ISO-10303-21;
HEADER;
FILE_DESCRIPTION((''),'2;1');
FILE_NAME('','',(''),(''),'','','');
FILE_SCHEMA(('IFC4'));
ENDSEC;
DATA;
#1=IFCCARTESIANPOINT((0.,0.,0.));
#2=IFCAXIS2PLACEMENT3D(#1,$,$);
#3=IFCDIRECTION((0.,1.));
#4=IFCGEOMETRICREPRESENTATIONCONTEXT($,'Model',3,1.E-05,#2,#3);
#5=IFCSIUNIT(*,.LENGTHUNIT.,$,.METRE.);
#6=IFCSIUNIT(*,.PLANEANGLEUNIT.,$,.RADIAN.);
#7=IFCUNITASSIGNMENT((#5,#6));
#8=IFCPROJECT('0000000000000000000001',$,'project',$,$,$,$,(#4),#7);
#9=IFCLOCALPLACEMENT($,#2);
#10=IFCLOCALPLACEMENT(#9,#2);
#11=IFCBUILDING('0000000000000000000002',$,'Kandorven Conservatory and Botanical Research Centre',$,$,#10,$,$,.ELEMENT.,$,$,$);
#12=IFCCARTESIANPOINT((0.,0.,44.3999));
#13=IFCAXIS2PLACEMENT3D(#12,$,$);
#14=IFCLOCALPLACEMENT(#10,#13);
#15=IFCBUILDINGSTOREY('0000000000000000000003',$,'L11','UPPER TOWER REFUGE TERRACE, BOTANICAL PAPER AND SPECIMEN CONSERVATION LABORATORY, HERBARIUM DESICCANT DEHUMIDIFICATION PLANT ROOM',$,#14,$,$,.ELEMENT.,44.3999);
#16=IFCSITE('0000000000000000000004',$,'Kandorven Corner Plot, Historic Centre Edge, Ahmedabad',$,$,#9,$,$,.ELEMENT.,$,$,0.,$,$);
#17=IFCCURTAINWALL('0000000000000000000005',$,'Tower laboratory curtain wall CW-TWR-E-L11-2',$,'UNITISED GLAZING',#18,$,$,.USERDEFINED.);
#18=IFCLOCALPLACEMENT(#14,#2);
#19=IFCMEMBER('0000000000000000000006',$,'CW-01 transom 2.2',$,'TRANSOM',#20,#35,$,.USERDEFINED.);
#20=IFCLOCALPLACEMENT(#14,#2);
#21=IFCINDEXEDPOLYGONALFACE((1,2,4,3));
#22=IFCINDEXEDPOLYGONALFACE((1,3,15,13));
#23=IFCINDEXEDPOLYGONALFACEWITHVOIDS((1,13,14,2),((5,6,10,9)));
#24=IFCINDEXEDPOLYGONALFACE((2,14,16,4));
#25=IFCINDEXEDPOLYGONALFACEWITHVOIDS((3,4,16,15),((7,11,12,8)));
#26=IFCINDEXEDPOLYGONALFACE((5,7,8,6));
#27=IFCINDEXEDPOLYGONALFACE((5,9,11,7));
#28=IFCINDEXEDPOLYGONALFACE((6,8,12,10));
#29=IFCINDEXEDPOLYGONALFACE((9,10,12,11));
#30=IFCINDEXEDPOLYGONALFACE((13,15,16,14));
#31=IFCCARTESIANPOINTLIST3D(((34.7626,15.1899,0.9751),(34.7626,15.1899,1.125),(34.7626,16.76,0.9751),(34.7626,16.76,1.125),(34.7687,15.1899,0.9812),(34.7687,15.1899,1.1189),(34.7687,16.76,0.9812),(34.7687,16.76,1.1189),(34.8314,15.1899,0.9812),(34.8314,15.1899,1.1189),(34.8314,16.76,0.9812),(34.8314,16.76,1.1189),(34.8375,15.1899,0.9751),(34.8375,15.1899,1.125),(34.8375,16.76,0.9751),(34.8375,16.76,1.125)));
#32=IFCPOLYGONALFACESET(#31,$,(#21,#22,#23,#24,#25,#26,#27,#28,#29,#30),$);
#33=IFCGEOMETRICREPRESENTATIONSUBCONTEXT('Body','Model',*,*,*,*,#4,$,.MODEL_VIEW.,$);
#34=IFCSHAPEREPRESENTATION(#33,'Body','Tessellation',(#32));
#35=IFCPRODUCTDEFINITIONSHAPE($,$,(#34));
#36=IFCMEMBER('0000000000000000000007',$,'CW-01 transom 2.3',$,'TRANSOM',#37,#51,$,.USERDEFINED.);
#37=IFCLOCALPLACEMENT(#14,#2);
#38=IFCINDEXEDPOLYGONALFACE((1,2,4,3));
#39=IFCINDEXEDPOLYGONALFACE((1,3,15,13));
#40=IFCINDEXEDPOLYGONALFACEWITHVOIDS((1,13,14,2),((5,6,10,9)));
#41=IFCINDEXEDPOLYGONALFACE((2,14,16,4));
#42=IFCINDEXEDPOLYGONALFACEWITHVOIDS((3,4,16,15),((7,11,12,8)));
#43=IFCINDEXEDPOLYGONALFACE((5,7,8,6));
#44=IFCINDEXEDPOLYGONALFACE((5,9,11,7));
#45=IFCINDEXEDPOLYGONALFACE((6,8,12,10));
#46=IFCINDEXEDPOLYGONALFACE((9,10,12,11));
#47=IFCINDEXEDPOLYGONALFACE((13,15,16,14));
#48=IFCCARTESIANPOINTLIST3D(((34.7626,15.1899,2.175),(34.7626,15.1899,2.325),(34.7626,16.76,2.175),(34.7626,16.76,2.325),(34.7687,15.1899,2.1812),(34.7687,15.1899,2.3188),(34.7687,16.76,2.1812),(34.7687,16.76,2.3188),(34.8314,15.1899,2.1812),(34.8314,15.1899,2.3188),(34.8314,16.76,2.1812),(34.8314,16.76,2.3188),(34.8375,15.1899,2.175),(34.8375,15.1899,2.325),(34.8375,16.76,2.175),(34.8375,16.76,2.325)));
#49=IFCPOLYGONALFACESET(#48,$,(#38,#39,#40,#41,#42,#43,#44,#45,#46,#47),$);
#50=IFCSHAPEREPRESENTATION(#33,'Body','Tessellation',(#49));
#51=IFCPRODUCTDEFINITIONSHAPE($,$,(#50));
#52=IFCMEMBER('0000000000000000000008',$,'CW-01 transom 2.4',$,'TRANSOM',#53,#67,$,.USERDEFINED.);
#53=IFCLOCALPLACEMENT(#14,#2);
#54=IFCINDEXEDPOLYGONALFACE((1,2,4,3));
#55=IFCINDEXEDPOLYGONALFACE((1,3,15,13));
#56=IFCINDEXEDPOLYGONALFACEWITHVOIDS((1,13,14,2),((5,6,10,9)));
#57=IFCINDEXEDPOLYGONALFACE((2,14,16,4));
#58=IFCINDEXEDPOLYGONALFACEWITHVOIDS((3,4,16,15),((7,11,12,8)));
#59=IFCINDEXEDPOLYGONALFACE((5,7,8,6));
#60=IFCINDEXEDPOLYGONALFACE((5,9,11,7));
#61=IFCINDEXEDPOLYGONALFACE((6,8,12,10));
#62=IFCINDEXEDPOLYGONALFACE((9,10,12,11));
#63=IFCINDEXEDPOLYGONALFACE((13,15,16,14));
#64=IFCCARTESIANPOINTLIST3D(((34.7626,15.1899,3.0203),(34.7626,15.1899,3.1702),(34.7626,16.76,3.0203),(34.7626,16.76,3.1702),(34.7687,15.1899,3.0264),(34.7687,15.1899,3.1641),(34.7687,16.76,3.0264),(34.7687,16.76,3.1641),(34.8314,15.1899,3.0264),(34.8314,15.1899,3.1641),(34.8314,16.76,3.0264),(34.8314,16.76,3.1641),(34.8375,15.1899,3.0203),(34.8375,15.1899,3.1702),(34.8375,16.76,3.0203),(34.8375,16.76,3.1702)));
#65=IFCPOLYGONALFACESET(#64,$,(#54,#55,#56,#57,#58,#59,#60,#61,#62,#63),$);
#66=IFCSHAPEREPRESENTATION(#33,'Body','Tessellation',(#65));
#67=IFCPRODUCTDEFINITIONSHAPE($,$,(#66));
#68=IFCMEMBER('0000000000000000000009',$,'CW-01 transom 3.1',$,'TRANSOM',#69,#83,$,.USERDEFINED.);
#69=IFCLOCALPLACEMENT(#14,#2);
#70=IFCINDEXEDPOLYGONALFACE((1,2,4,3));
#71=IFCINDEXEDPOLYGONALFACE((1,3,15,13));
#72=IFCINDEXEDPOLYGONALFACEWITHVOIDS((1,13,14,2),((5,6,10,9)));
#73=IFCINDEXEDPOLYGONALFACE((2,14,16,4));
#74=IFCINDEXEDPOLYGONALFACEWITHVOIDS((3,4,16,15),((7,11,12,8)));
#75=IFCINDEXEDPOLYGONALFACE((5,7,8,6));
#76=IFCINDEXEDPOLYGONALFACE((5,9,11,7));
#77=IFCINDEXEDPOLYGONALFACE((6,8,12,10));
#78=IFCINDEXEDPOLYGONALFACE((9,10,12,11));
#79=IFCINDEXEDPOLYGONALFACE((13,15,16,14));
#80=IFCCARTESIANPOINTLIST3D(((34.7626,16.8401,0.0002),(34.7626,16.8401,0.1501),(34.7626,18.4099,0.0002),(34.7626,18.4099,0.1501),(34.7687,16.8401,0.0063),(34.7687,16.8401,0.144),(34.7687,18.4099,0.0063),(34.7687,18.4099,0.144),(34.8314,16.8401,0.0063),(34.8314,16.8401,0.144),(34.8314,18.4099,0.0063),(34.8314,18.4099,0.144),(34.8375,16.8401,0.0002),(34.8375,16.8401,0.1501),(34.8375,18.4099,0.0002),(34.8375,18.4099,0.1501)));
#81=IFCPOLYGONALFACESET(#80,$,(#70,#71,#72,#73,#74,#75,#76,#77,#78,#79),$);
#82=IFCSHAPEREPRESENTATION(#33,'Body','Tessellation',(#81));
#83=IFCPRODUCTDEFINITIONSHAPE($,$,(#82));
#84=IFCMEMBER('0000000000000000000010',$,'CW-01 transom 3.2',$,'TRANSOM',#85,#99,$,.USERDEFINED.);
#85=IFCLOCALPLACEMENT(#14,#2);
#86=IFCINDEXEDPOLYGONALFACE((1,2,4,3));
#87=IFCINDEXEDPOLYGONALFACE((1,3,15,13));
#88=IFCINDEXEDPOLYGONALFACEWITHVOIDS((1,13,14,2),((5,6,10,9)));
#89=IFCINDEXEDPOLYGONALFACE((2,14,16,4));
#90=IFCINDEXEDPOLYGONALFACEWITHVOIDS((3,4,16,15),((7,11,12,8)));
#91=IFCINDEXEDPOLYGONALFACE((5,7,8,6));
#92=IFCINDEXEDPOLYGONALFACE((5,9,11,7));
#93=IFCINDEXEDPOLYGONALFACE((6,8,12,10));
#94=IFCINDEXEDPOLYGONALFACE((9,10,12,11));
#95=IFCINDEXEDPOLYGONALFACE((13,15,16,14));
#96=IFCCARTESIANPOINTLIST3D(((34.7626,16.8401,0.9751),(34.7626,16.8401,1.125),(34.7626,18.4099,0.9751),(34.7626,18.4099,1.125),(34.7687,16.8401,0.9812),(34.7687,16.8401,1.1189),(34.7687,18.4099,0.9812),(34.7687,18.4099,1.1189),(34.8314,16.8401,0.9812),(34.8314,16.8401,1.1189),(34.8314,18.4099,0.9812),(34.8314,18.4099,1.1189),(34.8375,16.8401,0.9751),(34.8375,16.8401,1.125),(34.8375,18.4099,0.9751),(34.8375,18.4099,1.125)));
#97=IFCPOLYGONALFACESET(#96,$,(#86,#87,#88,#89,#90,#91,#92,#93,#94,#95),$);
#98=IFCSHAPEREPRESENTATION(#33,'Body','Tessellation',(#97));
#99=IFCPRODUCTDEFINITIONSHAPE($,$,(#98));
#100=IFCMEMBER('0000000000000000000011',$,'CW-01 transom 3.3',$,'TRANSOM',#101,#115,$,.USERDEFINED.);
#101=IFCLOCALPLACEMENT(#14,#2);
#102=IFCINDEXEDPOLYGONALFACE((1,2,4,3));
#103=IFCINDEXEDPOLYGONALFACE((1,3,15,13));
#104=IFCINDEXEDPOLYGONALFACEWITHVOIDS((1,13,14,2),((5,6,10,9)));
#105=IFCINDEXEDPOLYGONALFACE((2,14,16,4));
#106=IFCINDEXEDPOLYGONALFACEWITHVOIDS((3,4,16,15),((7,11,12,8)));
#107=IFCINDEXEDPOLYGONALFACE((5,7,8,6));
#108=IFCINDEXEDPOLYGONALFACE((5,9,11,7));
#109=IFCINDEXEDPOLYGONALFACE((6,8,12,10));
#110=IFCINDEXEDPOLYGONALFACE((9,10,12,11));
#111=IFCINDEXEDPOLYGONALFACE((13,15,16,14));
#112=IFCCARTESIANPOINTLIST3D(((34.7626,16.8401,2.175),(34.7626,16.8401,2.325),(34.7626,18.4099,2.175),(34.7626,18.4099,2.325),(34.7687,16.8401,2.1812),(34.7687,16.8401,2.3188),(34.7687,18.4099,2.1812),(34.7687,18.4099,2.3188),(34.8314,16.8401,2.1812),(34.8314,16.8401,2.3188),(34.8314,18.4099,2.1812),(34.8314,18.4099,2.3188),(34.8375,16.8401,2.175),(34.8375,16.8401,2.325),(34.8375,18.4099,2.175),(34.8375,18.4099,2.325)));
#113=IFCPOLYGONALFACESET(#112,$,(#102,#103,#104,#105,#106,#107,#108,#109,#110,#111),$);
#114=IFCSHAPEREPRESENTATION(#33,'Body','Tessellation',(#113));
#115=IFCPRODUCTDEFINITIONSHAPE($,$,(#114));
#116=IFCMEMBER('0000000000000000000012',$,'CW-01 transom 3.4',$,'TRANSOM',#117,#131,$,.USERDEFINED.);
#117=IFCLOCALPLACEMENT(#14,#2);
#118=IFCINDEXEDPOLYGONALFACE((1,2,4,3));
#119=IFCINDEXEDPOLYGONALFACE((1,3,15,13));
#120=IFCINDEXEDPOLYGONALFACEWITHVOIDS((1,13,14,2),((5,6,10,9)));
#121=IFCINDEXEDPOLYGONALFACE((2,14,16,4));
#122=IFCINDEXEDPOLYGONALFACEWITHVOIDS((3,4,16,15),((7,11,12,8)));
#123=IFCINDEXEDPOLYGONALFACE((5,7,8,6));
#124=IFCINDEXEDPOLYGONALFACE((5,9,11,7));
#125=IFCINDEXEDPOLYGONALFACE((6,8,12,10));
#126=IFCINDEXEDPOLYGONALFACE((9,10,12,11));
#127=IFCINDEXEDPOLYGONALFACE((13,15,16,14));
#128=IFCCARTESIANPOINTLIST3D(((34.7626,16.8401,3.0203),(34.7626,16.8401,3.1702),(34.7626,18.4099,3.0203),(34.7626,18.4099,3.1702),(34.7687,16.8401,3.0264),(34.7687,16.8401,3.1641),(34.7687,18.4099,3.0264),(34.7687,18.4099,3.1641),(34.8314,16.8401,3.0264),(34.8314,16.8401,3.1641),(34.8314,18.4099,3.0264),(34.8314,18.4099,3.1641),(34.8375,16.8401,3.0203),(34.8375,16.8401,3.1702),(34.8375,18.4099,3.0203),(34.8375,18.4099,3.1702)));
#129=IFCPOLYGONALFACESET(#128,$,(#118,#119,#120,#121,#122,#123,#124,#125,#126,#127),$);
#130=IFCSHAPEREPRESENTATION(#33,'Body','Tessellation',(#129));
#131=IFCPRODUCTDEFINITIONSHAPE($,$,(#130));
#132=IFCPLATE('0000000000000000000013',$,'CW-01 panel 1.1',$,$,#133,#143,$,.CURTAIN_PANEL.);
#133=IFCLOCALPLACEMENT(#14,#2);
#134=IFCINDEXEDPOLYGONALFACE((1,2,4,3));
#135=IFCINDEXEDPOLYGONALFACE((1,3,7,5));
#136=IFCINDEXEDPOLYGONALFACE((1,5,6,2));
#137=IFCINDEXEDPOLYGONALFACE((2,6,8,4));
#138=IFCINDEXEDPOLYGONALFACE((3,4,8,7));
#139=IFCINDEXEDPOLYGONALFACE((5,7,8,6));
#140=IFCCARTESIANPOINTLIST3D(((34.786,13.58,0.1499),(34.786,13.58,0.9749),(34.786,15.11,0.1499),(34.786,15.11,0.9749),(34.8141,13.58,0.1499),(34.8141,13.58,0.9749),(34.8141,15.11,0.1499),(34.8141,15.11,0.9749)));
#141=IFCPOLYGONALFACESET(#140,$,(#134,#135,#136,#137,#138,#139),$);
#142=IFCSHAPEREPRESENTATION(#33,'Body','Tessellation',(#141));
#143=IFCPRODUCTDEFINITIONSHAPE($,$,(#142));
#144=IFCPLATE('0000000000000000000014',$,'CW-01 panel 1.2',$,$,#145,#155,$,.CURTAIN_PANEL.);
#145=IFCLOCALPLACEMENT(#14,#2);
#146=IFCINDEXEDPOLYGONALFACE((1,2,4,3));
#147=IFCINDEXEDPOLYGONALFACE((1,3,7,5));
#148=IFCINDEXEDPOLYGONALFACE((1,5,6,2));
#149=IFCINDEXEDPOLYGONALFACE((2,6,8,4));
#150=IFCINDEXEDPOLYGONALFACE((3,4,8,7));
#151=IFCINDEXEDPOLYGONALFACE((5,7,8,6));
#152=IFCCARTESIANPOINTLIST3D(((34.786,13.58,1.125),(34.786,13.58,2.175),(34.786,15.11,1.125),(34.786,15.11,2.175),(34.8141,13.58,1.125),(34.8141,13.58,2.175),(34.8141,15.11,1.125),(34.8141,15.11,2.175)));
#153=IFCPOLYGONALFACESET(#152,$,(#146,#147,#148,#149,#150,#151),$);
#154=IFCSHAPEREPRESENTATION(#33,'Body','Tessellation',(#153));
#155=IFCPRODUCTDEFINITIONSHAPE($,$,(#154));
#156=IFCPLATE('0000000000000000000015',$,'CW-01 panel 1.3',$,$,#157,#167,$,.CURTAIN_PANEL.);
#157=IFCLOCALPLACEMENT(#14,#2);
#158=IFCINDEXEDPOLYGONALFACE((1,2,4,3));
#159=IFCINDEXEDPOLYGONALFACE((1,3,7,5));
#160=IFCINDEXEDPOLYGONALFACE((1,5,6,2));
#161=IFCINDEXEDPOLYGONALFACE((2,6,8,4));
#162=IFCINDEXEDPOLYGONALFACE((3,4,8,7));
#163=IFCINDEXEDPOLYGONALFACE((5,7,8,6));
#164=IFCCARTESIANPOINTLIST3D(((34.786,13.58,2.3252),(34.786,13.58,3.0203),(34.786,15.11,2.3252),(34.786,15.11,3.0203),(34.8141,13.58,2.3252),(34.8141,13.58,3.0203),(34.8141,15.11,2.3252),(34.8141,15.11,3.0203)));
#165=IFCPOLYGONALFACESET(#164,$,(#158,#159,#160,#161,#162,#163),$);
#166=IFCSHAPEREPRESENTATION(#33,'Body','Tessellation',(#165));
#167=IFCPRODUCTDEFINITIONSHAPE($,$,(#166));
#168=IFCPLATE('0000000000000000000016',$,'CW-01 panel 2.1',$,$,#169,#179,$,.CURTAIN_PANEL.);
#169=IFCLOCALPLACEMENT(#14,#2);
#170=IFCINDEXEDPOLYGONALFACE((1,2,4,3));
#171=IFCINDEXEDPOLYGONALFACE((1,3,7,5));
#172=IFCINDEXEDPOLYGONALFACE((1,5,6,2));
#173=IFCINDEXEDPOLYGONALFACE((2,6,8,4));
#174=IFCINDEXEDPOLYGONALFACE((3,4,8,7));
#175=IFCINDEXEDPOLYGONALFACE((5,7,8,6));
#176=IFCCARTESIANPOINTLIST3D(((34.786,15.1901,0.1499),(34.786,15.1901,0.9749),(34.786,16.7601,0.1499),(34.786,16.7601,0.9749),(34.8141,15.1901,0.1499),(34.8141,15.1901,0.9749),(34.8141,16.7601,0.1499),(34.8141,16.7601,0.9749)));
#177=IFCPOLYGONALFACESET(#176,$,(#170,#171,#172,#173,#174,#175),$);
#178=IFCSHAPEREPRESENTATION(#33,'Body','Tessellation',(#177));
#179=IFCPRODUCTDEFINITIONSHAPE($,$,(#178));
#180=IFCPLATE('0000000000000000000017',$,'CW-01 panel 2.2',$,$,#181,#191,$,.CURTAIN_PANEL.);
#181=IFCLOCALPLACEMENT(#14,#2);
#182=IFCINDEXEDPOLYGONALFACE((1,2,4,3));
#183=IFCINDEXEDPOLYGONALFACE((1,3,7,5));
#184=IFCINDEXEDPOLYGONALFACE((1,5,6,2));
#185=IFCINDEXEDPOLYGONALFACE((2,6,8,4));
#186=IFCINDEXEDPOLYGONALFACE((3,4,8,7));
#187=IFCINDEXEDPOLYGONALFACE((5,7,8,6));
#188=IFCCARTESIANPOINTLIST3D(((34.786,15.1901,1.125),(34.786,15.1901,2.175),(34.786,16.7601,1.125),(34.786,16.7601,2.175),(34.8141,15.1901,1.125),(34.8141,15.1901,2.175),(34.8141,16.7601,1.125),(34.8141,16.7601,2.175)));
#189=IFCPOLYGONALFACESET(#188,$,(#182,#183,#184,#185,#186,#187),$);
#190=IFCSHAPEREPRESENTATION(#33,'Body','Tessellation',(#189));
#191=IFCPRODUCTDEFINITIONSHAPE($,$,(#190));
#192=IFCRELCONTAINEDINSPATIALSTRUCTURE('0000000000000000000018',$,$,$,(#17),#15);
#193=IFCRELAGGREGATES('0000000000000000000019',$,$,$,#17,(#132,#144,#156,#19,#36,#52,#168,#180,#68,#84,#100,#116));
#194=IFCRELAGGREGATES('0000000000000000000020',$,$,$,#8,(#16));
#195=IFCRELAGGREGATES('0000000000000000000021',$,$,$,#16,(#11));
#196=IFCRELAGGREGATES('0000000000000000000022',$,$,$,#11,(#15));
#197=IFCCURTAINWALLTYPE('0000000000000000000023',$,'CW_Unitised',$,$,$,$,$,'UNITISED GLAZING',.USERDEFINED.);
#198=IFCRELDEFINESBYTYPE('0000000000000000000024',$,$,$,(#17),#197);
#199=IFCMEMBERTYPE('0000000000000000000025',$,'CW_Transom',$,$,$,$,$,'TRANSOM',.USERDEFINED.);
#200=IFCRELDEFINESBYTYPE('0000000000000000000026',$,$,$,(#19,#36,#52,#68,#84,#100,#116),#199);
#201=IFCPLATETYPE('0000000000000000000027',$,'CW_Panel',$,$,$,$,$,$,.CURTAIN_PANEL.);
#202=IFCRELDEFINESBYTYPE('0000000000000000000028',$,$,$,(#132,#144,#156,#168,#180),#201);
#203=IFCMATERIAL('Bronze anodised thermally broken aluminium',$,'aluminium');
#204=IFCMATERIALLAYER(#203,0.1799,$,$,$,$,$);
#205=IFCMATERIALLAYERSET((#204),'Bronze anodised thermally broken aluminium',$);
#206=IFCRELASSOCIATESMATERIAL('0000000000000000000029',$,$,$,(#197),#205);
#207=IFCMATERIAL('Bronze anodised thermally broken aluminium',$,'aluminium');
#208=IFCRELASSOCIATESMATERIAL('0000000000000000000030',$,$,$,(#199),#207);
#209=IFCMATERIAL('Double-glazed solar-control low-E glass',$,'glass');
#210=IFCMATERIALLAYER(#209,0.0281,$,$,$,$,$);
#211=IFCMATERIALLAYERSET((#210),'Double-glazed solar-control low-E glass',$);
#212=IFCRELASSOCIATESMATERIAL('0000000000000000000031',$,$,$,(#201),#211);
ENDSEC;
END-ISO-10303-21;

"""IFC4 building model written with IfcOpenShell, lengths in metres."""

from ifc_helpers import new_model, si_unit, direction, frame, origin, origin_2d, place, context, subcontext, project, spatial, rectangle, hollow_rectangle, extrude, material, layer, layer_set, material_profile, profile_set, type_object, element, aggregate, save


model = new_model("IFC4")

# Units and contexts
model_context = context("Model", 3, precision=1e-05, world=origin(), true_north=direction((0.0, 1.0)))
body_context = subcontext(model_context, "Body", "Model", "MODEL_VIEW")
ifc_project = project(units=[si_unit("LENGTHUNIT", "METRE"), si_unit("PLANEANGLEUNIT", "RADIAN")], contexts=[model_context])

# Site, building, storey
site_placement = place(None, origin())
site = spatial("IfcSite", under=ifc_project, at=site_placement, Name="Kandorven Corner Plot, Historic Centre Edge, Ahmedabad", CompositionType="ELEMENT", RefElevation=0.0)
building_placement = place(site_placement, origin())
building = spatial("IfcBuilding", under=site, at=building_placement, Name="Kandorven Conservatory and Botanical Research Centre", CompositionType="ELEMENT")
storey_placement = place(building_placement, frame((0.0, 0.0, 44.3999)))
storey = spatial("IfcBuildingStorey", under=building, at=storey_placement, Name="L11", Description="UPPER TOWER REFUGE TERRACE, BOTANICAL PAPER AND SPECIMEN CONSERVATION LABORATORY, HERBARIUM DESICCANT DEHUMIDIFICATION PLANT ROOM", CompositionType="ELEMENT", Elevation=44.3999)

# Curtain wall, members, plates
ifc_material_1 = material(Name="Bronze anodised thermally broken aluminium", Category="aluminium")
ifc_layer_1 = layer(ifc_material_1, 0.1799)
ifc_layer_set_1 = layer_set([ifc_layer_1], Name="Bronze anodised thermally broken aluminium")
curtain_wall_type = type_object("IfcCurtainWallType", Name="CW_Unitised", ElementType="UNITISED GLAZING", PredefinedType="USERDEFINED", material=ifc_layer_set_1)
curtain_wall_placement = place(storey_placement, origin())
curtain_wall = element("IfcCurtainWall", 1, at=curtain_wall_placement, inside=storey, type_object=curtain_wall_type, Name="Tower laboratory curtain wall CW-TWR-E-L11-2", ObjectType="UNITISED GLAZING", PredefinedType="USERDEFINED")
ifc_material_2 = material(Name="Bronze anodised thermally broken aluminium", Category="aluminium")
ifc_material_profile_1 = material_profile(ifc_material_2, hollow_rectangle(XDim=0.075, YDim=0.1499, WallThickness=0.0061, at=origin_2d()))
ifc_profile_set_1 = profile_set([ifc_material_profile_1], Name="Bronze anodised thermally broken aluminium")
member_type_1 = type_object("IfcMemberType", Name="CW_Transom", ElementType="TRANSOM", PredefinedType="USERDEFINED", material=ifc_profile_set_1)
member_1_placement = place(storey_placement, frame((34.8, 15.1899, 1.05), z_axis=(0.0, 1.0, 0.0), x_axis=(-1.0, 0.0, 0.0)))
member_1 = element("IfcMember", 2, at=member_1_placement, type_object=member_type_1, Name="CW-01 transom 2.2", ObjectType="TRANSOM", PredefinedType="USERDEFINED", context=body_context, shape_type="SweptSolid", body=[
    extrude(hollow_rectangle(XDim=0.075, YDim=0.1499, WallThickness=0.0061, at=origin_2d()), origin(), (0.0, 0.0, 1.0), 1.5701),
])
member_2_placement = place(storey_placement, frame((34.8, 15.1899, 2.25), z_axis=(0.0, 1.0, 0.0), x_axis=(-1.0, 0.0, 0.0)))
member_2 = element("IfcMember", 3, at=member_2_placement, type_object=member_type_1, Name="CW-01 transom 2.3", ObjectType="TRANSOM", PredefinedType="USERDEFINED", context=body_context, shape_type="SweptSolid", body=[
    extrude(hollow_rectangle(XDim=0.075, YDim=0.1499, WallThickness=0.0061, at=origin_2d()), origin(), (0.0, 0.0, 1.0), 1.5701),
])
member_3_placement = place(storey_placement, frame((34.8, 15.1899, 3.0952), z_axis=(0.0, 1.0, 0.0), x_axis=(-1.0, 0.0, 0.0)))
member_3 = element("IfcMember", 4, at=member_3_placement, type_object=member_type_1, Name="CW-01 transom 2.4", ObjectType="TRANSOM", PredefinedType="USERDEFINED", context=body_context, shape_type="SweptSolid", body=[
    extrude(hollow_rectangle(XDim=0.075, YDim=0.1499, WallThickness=0.0061, at=origin_2d()), origin(), (0.0, 0.0, 1.0), 1.5701),
])
member_4_placement = place(storey_placement, frame((34.8, 16.8401, 0.0752), z_axis=(0.0, 1.0, 0.0), x_axis=(-1.0, 0.0, 0.0)))
member_4 = element("IfcMember", 5, at=member_4_placement, type_object=member_type_1, Name="CW-01 transom 3.1", ObjectType="TRANSOM", PredefinedType="USERDEFINED", context=body_context, shape_type="SweptSolid", body=[
    extrude(hollow_rectangle(XDim=0.075, YDim=0.1499, WallThickness=0.0061, at=origin_2d()), origin(), (0.0, 0.0, 1.0), 1.5698),
])
member_5_placement = place(storey_placement, frame((34.8, 16.8401, 1.05), z_axis=(0.0, 1.0, 0.0), x_axis=(-1.0, 0.0, 0.0)))
member_5 = element("IfcMember", 6, at=member_5_placement, type_object=member_type_1, Name="CW-01 transom 3.2", ObjectType="TRANSOM", PredefinedType="USERDEFINED", context=body_context, shape_type="SweptSolid", body=[
    extrude(hollow_rectangle(XDim=0.075, YDim=0.1499, WallThickness=0.0061, at=origin_2d()), origin(), (0.0, 0.0, 1.0), 1.5698),
])
member_6_placement = place(storey_placement, frame((34.8, 16.8401, 2.25), z_axis=(0.0, 1.0, 0.0), x_axis=(-1.0, 0.0, 0.0)))
member_6 = element("IfcMember", 7, at=member_6_placement, type_object=member_type_1, Name="CW-01 transom 3.3", ObjectType="TRANSOM", PredefinedType="USERDEFINED", context=body_context, shape_type="SweptSolid", body=[
    extrude(hollow_rectangle(XDim=0.075, YDim=0.1499, WallThickness=0.0061, at=origin_2d()), origin(), (0.0, 0.0, 1.0), 1.5698),
])
member_7_placement = place(storey_placement, frame((34.8, 16.8401, 3.0952), z_axis=(0.0, 1.0, 0.0), x_axis=(-1.0, 0.0, 0.0)))
member_7 = element("IfcMember", 8, at=member_7_placement, type_object=member_type_1, Name="CW-01 transom 3.4", ObjectType="TRANSOM", PredefinedType="USERDEFINED", context=body_context, shape_type="SweptSolid", body=[
    extrude(hollow_rectangle(XDim=0.075, YDim=0.1499, WallThickness=0.0061, at=origin_2d()), origin(), (0.0, 0.0, 1.0), 1.5698),
])
ifc_material_3 = material(Name="Double-glazed solar-control low-E glass", Category="glass")
ifc_layer_2 = layer(ifc_material_3, 0.0281)
ifc_layer_set_2 = layer_set([ifc_layer_2], Name="Double-glazed solar-control low-E glass")
plate_type_1 = type_object("IfcPlateType", Name="CW_Panel", PredefinedType="CURTAIN_PANEL", material=ifc_layer_set_2)
plate_1_placement = place(storey_placement, frame((34.8, 14.345, 0.1499), z_axis=(0.0, 0.0, 1.0), x_axis=(0.0, 1.0, 0.0)))
plate_1 = element("IfcPlate", 9, at=plate_1_placement, type_object=plate_type_1, Name="CW-01 panel 1.1", PredefinedType="CURTAIN_PANEL", context=body_context, shape_type="SweptSolid", body=[
    extrude(rectangle(XDim=1.53, YDim=0.0281, at=origin_2d()), origin(), (0.0, 0.0, 1.0), 0.825),
])
plate_2_placement = place(storey_placement, frame((34.8, 14.345, 1.125), z_axis=(0.0, 0.0, 1.0), x_axis=(0.0, 1.0, 0.0)))
plate_2 = element("IfcPlate", 10, at=plate_2_placement, type_object=plate_type_1, Name="CW-01 panel 1.2", PredefinedType="CURTAIN_PANEL", context=body_context, shape_type="SweptSolid", body=[
    extrude(rectangle(XDim=1.53, YDim=0.0281, at=origin_2d()), origin(), (0.0, 0.0, 1.0), 1.05),
])
plate_3_placement = place(storey_placement, frame((34.8, 14.345, 2.3252), z_axis=(0.0, 0.0, 1.0), x_axis=(0.0, 1.0, 0.0)))
plate_3 = element("IfcPlate", 11, at=plate_3_placement, type_object=plate_type_1, Name="CW-01 panel 1.3", PredefinedType="CURTAIN_PANEL", context=body_context, shape_type="SweptSolid", body=[
    extrude(rectangle(XDim=1.53, YDim=0.0281, at=origin_2d()), origin(), (0.0, 0.0, 1.0), 0.6951),
])
plate_4_placement = place(storey_placement, frame((34.8, 15.9751, 0.1499), z_axis=(0.0, 0.0, 1.0), x_axis=(0.0, 1.0, 0.0)))
plate_4 = element("IfcPlate", 12, at=plate_4_placement, type_object=plate_type_1, Name="CW-01 panel 2.1", PredefinedType="CURTAIN_PANEL", context=body_context, shape_type="SweptSolid", body=[
    extrude(rectangle(XDim=1.5701, YDim=0.0281, at=origin_2d()), origin(), (0.0, 0.0, 1.0), 0.825),
])
plate_5_placement = place(storey_placement, frame((34.8, 15.9751, 1.125), z_axis=(0.0, 0.0, 1.0), x_axis=(0.0, 1.0, 0.0)))
plate_5 = element("IfcPlate", 13, at=plate_5_placement, type_object=plate_type_1, Name="CW-01 panel 2.2", PredefinedType="CURTAIN_PANEL", context=body_context, shape_type="SweptSolid", body=[
    extrude(rectangle(XDim=1.5701, YDim=0.0281, at=origin_2d()), origin(), (0.0, 0.0, 1.0), 1.05),
])
aggregate(curtain_wall, [plate_1, plate_2, plate_3, member_1, member_2, member_3, plate_4, plate_5, member_4, member_5, member_6, member_7])

save(model, "model.ifc")
